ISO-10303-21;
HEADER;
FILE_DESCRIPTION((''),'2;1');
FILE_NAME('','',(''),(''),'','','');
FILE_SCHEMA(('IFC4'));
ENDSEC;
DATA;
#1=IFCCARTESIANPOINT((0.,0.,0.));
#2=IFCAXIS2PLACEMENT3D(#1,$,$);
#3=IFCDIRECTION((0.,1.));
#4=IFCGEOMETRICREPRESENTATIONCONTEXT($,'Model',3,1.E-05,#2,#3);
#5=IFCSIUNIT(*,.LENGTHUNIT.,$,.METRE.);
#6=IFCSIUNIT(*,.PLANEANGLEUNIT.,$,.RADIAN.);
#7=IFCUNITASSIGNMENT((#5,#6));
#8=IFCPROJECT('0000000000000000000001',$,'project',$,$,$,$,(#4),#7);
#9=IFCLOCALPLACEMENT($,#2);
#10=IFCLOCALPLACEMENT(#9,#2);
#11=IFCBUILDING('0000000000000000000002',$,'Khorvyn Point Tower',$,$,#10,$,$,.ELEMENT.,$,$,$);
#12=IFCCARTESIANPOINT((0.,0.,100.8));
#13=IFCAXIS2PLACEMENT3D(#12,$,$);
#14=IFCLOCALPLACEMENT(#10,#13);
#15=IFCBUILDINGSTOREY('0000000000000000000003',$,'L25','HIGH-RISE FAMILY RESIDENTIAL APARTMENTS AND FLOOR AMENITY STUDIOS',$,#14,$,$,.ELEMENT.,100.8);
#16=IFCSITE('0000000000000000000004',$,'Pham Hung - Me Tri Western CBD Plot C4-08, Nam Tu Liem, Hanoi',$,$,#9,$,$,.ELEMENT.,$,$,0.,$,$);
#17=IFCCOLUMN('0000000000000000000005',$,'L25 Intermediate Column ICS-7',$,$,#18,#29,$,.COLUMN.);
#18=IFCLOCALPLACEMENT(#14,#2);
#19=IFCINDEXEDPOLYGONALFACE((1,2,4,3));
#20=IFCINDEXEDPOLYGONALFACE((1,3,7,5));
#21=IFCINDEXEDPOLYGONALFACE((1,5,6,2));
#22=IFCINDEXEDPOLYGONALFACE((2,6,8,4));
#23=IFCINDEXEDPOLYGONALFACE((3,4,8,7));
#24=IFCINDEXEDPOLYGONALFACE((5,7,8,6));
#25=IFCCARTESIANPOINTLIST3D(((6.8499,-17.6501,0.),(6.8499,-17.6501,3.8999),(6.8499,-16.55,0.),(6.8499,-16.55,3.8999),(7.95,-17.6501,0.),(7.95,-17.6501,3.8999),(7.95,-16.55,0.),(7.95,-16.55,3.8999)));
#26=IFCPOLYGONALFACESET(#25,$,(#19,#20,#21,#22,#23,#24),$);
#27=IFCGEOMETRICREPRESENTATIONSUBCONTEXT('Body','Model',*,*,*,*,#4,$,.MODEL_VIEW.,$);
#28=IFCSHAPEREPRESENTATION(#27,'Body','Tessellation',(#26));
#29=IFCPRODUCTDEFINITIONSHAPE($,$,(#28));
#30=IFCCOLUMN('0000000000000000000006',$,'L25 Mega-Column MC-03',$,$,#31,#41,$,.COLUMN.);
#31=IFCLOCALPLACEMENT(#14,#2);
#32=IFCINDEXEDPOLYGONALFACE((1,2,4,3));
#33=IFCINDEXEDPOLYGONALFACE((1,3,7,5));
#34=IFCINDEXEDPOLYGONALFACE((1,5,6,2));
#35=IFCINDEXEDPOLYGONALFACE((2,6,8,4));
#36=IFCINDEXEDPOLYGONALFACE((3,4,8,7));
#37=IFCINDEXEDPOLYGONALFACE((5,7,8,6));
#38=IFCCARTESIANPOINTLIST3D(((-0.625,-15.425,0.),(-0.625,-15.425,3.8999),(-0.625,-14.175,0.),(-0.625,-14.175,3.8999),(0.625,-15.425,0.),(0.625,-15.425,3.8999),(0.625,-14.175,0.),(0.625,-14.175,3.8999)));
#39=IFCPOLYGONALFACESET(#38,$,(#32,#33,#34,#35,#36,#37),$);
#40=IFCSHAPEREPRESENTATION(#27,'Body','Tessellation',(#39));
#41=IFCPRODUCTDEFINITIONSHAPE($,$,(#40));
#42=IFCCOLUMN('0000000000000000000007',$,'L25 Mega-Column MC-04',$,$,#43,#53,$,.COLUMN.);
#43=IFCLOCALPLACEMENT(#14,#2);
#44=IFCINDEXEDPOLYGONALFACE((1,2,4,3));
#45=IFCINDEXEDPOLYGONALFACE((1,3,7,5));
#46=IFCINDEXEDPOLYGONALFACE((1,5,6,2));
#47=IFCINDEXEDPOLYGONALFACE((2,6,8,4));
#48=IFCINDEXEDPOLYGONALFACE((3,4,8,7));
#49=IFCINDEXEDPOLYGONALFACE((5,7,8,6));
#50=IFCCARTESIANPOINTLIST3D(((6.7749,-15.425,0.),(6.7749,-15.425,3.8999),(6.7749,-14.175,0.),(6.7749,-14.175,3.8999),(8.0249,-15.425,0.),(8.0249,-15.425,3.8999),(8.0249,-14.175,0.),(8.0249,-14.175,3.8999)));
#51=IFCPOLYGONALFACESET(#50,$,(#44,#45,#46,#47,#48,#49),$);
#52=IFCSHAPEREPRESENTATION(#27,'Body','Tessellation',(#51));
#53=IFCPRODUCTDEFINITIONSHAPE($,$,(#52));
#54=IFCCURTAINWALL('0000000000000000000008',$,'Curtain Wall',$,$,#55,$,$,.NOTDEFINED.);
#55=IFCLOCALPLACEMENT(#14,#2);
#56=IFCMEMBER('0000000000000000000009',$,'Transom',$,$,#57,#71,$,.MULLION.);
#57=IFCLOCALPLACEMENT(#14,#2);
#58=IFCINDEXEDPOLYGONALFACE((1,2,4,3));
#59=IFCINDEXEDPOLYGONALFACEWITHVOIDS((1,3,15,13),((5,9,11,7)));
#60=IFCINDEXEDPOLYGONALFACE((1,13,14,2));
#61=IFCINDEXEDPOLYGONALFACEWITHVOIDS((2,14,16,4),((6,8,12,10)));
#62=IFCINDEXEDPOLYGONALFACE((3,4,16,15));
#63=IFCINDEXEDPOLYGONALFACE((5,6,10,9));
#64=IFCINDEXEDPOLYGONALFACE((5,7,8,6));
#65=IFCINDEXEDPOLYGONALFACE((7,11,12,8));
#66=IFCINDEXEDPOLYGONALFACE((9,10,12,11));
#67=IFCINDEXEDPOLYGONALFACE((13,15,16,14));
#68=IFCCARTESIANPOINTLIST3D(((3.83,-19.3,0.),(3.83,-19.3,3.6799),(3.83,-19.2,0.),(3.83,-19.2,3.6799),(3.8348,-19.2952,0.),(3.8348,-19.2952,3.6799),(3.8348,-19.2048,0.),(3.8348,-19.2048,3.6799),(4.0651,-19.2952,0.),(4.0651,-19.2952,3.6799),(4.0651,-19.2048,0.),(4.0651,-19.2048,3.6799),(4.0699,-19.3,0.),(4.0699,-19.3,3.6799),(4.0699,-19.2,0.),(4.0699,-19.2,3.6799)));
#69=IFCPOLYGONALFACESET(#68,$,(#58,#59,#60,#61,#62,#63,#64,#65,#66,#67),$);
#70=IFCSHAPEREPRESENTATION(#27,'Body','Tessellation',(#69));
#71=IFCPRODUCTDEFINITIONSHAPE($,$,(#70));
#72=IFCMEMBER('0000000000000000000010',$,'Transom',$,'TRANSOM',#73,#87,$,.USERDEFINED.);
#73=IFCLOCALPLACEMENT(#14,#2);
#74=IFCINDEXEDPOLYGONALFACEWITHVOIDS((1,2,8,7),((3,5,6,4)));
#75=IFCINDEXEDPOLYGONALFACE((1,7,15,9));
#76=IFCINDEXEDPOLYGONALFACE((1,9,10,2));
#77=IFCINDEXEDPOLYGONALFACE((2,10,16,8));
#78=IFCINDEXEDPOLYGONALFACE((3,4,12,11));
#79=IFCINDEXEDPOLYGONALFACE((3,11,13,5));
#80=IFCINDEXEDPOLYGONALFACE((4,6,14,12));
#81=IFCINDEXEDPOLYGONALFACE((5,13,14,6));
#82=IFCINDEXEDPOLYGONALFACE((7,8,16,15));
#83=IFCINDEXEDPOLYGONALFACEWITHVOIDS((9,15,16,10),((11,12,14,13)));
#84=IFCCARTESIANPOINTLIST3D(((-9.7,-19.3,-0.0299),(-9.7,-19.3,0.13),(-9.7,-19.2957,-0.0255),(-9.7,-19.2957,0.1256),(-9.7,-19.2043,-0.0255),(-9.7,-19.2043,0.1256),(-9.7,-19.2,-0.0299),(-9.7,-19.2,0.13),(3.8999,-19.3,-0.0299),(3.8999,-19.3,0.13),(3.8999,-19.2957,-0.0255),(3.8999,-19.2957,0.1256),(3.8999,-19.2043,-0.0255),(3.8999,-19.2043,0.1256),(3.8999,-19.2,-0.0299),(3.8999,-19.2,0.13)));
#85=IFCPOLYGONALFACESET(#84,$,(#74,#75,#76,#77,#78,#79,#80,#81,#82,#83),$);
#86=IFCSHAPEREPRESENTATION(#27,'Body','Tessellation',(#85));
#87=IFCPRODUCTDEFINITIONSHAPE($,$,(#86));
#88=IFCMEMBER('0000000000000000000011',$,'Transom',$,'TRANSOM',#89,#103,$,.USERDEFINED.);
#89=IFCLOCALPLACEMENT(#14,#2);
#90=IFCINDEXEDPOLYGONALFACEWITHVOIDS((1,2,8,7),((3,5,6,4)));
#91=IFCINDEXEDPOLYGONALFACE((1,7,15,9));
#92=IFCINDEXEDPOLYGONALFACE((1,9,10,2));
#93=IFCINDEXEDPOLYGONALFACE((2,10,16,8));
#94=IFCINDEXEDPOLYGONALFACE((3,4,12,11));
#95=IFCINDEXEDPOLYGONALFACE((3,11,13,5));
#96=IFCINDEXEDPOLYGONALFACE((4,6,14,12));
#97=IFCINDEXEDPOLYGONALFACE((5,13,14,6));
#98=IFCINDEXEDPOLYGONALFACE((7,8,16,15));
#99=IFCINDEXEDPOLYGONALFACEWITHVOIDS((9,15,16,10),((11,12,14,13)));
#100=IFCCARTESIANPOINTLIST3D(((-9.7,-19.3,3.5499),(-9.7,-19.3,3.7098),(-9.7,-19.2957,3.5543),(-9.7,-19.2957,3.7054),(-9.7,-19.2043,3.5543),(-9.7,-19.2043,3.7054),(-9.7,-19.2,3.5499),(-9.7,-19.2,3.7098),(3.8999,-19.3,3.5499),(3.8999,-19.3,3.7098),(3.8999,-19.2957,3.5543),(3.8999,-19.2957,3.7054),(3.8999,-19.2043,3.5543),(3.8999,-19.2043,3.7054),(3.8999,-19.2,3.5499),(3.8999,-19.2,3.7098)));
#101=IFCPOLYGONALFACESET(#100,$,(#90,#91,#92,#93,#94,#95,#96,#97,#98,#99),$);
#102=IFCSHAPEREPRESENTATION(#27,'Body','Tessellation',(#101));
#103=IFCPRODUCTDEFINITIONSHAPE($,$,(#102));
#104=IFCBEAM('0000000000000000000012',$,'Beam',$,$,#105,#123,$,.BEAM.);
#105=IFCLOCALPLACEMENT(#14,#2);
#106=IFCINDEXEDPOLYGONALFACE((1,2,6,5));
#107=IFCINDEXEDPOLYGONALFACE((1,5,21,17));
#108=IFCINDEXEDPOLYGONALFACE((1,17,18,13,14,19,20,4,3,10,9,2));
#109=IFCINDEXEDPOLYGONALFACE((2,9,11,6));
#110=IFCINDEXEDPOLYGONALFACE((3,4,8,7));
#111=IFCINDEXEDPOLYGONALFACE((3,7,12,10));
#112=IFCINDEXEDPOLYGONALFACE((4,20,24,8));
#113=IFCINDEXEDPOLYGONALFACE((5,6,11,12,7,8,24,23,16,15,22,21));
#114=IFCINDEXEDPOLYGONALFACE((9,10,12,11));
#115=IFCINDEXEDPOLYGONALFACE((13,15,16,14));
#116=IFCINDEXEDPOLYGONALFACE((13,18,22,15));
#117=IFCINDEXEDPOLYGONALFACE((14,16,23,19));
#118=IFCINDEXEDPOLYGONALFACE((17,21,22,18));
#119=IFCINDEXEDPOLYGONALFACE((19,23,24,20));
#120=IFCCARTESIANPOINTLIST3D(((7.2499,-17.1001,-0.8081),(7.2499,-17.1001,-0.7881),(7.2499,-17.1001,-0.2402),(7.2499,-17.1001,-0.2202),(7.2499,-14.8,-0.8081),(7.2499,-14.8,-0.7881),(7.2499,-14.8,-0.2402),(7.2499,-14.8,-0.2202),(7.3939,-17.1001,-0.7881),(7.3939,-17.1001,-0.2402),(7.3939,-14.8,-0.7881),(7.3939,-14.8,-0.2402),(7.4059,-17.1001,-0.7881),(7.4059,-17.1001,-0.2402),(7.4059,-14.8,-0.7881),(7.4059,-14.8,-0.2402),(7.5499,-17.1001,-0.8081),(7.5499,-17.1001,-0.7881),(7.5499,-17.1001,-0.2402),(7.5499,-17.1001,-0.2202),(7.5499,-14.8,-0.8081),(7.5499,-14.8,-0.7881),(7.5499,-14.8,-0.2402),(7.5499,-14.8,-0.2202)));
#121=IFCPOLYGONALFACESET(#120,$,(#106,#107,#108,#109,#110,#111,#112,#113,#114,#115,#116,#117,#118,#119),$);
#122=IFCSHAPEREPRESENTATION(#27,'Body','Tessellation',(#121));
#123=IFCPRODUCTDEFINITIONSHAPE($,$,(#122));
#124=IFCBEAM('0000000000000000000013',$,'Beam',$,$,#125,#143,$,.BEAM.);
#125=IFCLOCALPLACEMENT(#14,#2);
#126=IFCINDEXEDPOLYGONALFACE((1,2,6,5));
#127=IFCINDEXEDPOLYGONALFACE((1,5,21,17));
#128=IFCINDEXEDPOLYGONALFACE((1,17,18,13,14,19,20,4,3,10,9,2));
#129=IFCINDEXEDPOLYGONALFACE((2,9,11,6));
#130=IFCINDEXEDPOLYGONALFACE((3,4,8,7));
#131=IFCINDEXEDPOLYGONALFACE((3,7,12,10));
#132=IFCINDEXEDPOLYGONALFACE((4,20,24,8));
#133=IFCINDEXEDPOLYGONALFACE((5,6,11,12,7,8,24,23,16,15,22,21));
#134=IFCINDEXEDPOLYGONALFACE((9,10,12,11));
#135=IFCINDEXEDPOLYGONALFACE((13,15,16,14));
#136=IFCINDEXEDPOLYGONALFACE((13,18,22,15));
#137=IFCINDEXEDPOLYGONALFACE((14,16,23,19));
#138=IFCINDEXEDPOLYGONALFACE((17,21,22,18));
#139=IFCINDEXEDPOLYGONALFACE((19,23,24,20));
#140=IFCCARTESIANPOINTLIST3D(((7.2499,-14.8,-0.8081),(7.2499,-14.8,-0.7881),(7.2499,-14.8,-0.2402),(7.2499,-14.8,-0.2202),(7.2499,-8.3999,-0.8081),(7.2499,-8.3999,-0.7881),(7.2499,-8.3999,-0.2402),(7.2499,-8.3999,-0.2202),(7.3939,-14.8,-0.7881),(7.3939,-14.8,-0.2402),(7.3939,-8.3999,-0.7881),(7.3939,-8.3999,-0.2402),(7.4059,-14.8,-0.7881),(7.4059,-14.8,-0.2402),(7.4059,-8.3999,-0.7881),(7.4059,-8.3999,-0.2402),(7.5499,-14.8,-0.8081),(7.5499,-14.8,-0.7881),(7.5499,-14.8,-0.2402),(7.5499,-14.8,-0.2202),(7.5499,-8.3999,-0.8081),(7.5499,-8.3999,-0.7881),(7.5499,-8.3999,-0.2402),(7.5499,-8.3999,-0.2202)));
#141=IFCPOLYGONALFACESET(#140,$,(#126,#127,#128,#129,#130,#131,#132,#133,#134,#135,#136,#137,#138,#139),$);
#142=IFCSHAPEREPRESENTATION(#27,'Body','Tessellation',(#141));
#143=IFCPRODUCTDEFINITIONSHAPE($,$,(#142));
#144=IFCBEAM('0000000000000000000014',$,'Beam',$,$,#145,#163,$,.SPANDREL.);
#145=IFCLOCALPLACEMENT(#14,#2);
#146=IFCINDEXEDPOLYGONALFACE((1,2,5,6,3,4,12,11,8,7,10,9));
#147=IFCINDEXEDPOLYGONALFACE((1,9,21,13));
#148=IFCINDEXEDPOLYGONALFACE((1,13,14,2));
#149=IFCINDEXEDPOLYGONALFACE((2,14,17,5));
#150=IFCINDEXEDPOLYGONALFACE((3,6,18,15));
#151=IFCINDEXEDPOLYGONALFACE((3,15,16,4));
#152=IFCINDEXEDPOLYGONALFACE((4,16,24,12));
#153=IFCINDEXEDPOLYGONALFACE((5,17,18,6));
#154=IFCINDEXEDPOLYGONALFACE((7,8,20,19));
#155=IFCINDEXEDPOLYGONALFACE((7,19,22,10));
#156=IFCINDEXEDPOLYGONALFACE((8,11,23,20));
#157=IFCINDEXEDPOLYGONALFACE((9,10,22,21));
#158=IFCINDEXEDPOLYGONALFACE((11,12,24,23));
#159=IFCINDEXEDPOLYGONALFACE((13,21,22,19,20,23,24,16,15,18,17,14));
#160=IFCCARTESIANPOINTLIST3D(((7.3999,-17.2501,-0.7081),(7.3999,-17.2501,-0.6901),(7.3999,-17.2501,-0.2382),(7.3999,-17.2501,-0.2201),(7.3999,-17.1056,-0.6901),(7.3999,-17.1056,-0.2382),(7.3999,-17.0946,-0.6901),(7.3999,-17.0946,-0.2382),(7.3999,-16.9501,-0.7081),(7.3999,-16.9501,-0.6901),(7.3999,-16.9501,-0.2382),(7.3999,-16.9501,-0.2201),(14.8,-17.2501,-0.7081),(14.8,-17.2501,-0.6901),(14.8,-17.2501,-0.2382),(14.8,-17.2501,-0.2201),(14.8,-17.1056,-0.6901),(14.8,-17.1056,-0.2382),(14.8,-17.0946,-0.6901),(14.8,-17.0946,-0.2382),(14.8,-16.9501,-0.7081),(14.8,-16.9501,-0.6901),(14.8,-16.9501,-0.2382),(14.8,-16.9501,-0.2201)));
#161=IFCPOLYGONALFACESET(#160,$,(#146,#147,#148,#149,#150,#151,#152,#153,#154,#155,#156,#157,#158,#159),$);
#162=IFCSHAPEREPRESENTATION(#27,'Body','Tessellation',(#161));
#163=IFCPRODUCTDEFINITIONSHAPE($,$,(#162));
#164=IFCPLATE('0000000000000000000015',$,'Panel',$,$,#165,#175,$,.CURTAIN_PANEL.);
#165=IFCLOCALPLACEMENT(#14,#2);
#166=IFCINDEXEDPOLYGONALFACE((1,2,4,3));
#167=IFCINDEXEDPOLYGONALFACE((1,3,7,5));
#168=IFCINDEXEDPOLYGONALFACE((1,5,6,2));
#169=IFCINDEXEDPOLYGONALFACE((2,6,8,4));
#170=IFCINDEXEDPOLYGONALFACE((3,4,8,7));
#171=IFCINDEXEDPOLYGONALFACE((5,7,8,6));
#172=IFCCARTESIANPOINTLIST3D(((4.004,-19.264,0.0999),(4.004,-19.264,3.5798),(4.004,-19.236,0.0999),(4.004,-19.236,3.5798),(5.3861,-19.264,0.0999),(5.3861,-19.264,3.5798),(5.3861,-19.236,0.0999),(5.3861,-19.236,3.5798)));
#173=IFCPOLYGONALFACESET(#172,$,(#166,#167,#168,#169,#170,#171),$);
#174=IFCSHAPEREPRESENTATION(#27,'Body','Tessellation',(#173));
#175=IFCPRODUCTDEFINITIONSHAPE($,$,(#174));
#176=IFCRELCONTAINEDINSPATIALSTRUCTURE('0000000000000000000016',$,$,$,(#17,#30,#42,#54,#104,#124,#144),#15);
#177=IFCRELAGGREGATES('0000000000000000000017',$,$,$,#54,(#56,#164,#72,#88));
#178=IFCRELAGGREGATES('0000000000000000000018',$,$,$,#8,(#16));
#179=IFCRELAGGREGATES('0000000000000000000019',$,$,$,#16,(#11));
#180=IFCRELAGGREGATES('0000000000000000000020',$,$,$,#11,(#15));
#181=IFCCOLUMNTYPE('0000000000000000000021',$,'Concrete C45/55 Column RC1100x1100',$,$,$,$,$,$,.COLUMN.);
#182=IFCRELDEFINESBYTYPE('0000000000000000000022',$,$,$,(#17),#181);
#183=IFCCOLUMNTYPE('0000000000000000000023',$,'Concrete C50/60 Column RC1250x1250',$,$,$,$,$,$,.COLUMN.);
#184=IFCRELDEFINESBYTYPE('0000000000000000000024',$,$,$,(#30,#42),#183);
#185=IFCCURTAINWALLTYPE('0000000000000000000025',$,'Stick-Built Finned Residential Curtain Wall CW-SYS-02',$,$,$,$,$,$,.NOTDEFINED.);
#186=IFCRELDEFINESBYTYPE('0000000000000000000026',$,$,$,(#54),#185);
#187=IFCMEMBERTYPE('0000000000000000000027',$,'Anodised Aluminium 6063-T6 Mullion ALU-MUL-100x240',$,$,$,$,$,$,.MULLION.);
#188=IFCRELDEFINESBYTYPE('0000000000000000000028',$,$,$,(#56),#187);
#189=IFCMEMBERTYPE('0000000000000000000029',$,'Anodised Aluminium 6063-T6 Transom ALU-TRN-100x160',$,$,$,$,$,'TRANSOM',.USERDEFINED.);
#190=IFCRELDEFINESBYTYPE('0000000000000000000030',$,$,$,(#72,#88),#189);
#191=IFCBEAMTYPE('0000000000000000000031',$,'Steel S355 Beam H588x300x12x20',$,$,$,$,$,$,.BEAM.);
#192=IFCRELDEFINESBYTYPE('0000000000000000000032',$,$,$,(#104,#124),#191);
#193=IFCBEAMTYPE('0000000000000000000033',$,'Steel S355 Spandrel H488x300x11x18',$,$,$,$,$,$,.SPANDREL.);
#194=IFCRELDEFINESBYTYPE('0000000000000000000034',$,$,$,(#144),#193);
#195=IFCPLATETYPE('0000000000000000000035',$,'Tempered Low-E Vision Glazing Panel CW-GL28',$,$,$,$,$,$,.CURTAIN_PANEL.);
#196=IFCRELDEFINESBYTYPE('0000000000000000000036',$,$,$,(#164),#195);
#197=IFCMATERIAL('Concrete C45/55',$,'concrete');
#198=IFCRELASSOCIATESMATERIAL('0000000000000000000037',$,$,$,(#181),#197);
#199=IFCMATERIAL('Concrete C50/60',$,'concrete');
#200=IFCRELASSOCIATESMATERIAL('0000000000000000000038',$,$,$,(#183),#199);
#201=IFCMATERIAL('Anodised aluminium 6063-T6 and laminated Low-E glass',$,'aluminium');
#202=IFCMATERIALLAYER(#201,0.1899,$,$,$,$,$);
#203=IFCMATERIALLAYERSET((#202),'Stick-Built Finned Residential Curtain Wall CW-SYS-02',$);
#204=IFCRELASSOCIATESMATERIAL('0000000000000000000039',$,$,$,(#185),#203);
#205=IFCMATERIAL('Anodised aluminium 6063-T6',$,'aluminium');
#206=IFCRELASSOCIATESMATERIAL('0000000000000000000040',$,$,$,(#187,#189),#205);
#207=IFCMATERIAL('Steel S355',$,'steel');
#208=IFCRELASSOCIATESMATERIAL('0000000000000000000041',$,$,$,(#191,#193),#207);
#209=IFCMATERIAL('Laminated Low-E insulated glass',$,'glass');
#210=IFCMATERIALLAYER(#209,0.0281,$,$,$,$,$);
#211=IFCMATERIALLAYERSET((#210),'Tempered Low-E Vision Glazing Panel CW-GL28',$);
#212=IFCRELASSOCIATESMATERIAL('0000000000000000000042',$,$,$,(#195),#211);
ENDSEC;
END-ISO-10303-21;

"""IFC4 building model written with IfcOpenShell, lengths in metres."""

from ifc_helpers import new_model, si_unit, direction, frame, origin, origin_2d, place, context, subcontext, project, spatial, rectangle, hollow_rectangle, i_section, extrude, material, layer, layer_set, material_profile, profile_set, type_object, element, aggregate, save


model = new_model("IFC4")

# Units and contexts
model_context = context("Model", 3, precision=1e-05, world=origin(), true_north=direction((0.0, 1.0)))
body_context = subcontext(model_context, "Body", "Model", "MODEL_VIEW")
ifc_project = project(units=[si_unit("LENGTHUNIT", "METRE"), si_unit("PLANEANGLEUNIT", "RADIAN")], contexts=[model_context])

# Site, building, storey
site_placement = place(None, origin())
site = spatial("IfcSite", under=ifc_project, at=site_placement, Name="Pham Hung - Me Tri Western CBD Plot C4-08, Nam Tu Liem, Hanoi", CompositionType="ELEMENT", RefElevation=0.0)
building_placement = place(site_placement, origin())
building = spatial("IfcBuilding", under=site, at=building_placement, Name="Khorvyn Point Tower", CompositionType="ELEMENT")
storey_placement = place(building_placement, frame((0.0, 0.0, 100.8)))
storey = spatial("IfcBuildingStorey", under=building, at=storey_placement, Name="L25", Description="HIGH-RISE FAMILY RESIDENTIAL APARTMENTS AND FLOOR AMENITY STUDIOS", CompositionType="ELEMENT", Elevation=100.8)

# Columns
ifc_material_1 = material(Name="Concrete C45/55", Category="concrete")
ifc_material_profile_1 = material_profile(ifc_material_1, rectangle(XDim=1.1001, YDim=1.1001, at=origin_2d()))
ifc_profile_set_1 = profile_set([ifc_material_profile_1], Name="Concrete C45/55 RC1100x1100")
column_type_1 = type_object("IfcColumnType", Name="Concrete C45/55 Column RC1100x1100", PredefinedType="COLUMN", material=ifc_profile_set_1)
column_placement = place(storey_placement, frame((7.3999, -17.1001, 0.0), z_axis=(0.0, 0.0, 1.0), x_axis=(1.0, 0.0, 0.0)))
element("IfcColumn", 1, at=column_placement, inside=storey, type_object=column_type_1, Name="L25 Intermediate Column ICS-7", PredefinedType="COLUMN", context=body_context, shape_type="SweptSolid", body=[
    extrude(rectangle(XDim=1.1001, YDim=1.1001, at=origin_2d()), origin(), (0.0, 0.0, 1.0), 3.8999),
])
ifc_material_2 = material(Name="Concrete C50/60", Category="concrete")
ifc_material_profile_2 = material_profile(ifc_material_2, rectangle(XDim=1.25, YDim=1.25, at=origin_2d()))
ifc_profile_set_2 = profile_set([ifc_material_profile_2], Name="Concrete C50/60 RC1250x1250")
column_type_2 = type_object("IfcColumnType", Name="Concrete C50/60 Column RC1250x1250", PredefinedType="COLUMN", material=ifc_profile_set_2)
for number, where, z_axis, x_axis, name in (
    (2, (0.0, -14.8, 0.0), (0.0, 0.0, 1.0), (1.0, 0.0, 0.0), "L25 Mega-Column MC-03"),
    (3, (7.3999, -14.8, 0.0), (0.0, 0.0, 1.0), (1.0, 0.0, 0.0), "L25 Mega-Column MC-04"),
):
    element("IfcColumn", number, at=place(storey_placement, frame(where, z_axis=z_axis, x_axis=x_axis)), inside=storey, type_object=column_type_2, Name=name, PredefinedType="COLUMN", context=body_context, shape_type="SweptSolid", body=[
        extrude(rectangle(XDim=1.25, YDim=1.25, at=origin_2d()), origin(), (0.0, 0.0, 1.0), 3.8999),
    ])

# Curtain wall, members
ifc_material_3 = material(Name="Anodised aluminium 6063-T6 and laminated Low-E glass", Category="aluminium")
ifc_layer_1 = layer(ifc_material_3, 0.1899)
ifc_layer_set_1 = layer_set([ifc_layer_1], Name="Stick-Built Finned Residential Curtain Wall CW-SYS-02")
curtain_wall_type = type_object("IfcCurtainWallType", Name="Stick-Built Finned Residential Curtain Wall CW-SYS-02", PredefinedType="NOTDEFINED", material=ifc_layer_set_1)
curtain_wall_placement = place(storey_placement, origin())
curtain_wall = element("IfcCurtainWall", 4, at=curtain_wall_placement, inside=storey, type_object=curtain_wall_type, Name="Curtain Wall", PredefinedType="NOTDEFINED")
ifc_material_4 = material(Name="Anodised aluminium 6063-T6", Category="aluminium")
ifc_material_profile_3 = material_profile(ifc_material_4, hollow_rectangle(XDim=0.1001, YDim=0.24, WallThickness=0.0049, at=origin_2d()))
ifc_profile_set_3 = profile_set([ifc_material_profile_3], Name="Anodised aluminium 6063-T6 ALU-MUL-100x240")
member_type_1 = type_object("IfcMemberType", Name="Anodised Aluminium 6063-T6 Mullion ALU-MUL-100x240", PredefinedType="MULLION", material=ifc_profile_set_3)
member_1_placement = place(storey_placement, frame((3.95, -19.25, 0.0), z_axis=(0.0, 0.0, 1.0), x_axis=(0.0, -1.0, 0.0)))
member_1 = element("IfcMember", 5, at=member_1_placement, type_object=member_type_1, Name="Transom", PredefinedType="MULLION", context=body_context, shape_type="SweptSolid", body=[
    extrude(hollow_rectangle(XDim=0.1001, YDim=0.24, WallThickness=0.0049, at=origin_2d()), origin(), (0.0, 0.0, 1.0), 3.6799),
])
ifc_material_profile_4 = material_profile(ifc_material_4, hollow_rectangle(XDim=0.1001, YDim=0.1599, WallThickness=0.0044, at=origin_2d()))
ifc_profile_set_4 = profile_set([ifc_material_profile_4], Name="Anodised aluminium 6063-T6 ALU-TRN-100x160")
member_type_2 = type_object("IfcMemberType", Name="Anodised Aluminium 6063-T6 Transom ALU-TRN-100x160", ElementType="TRANSOM", PredefinedType="USERDEFINED", material=ifc_profile_set_4)
member_2_placement = place(storey_placement, frame((3.8999, -19.25, 0.05), z_axis=(-1.0, 0.0, 0.0), x_axis=(0.0, -1.0, 0.0)))
member_2 = element("IfcMember", 6, at=member_2_placement, type_object=member_type_2, Name="Transom", ObjectType="TRANSOM", PredefinedType="USERDEFINED", context=body_context, shape_type="SweptSolid", body=[
    extrude(hollow_rectangle(XDim=0.1001, YDim=0.1599, WallThickness=0.0044, at=origin_2d()), origin(), (0.0, 0.0, 1.0), 13.5999),
])
member_3_placement = place(storey_placement, frame((3.8999, -19.25, 3.6299), z_axis=(-1.0, 0.0, 0.0), x_axis=(0.0, -1.0, 0.0)))
member_3 = element("IfcMember", 7, at=member_3_placement, type_object=member_type_2, Name="Transom", ObjectType="TRANSOM", PredefinedType="USERDEFINED", context=body_context, shape_type="SweptSolid", body=[
    extrude(hollow_rectangle(XDim=0.1001, YDim=0.1599, WallThickness=0.0044, at=origin_2d()), origin(), (0.0, 0.0, 1.0), 13.5999),
])

# Beams
ifc_material_5 = material(Name="Steel S355", Category="steel")
ifc_material_profile_5 = material_profile(ifc_material_5, i_section(OverallWidth=0.3, OverallDepth=0.5879, WebThickness=0.012, FlangeThickness=0.02, at=origin_2d()))
ifc_profile_set_5 = profile_set([ifc_material_profile_5], Name="Steel S355 H588x300x12x20")
beam_type_1 = type_object("IfcBeamType", Name="Steel S355 Beam H588x300x12x20", PredefinedType="BEAM", material=ifc_profile_set_5)
beam_1_placement = place(storey_placement, frame((7.3999, -17.1001, -0.5142), z_axis=(0.0, 1.0, 0.0), x_axis=(-1.0, 0.0, 0.0)))
element("IfcBeam", 8, at=beam_1_placement, inside=storey, type_object=beam_type_1, Name="Beam", PredefinedType="BEAM", context=body_context, shape_type="SweptSolid", body=[
    extrude(i_section(OverallWidth=0.3, OverallDepth=0.5879, WebThickness=0.012, FlangeThickness=0.02, at=origin_2d()), origin(), (0.0, 0.0, 1.0), 2.3),
])
beam_2_placement = place(storey_placement, frame((7.3999, -14.8, -0.5142), z_axis=(0.0, 1.0, 0.0), x_axis=(-1.0, 0.0, 0.0)))
element("IfcBeam", 9, at=beam_2_placement, inside=storey, type_object=beam_type_1, Name="Beam", PredefinedType="BEAM", context=body_context, shape_type="SweptSolid", body=[
    extrude(i_section(OverallWidth=0.3, OverallDepth=0.5879, WebThickness=0.012, FlangeThickness=0.02, at=origin_2d()), origin(), (0.0, 0.0, 1.0), 6.4001),
])
ifc_material_profile_6 = material_profile(ifc_material_5, i_section(OverallWidth=0.3, OverallDepth=0.488, WebThickness=0.011, FlangeThickness=0.0181, at=origin_2d()))
ifc_profile_set_6 = profile_set([ifc_material_profile_6], Name="Steel S355 H488x300x11x18")
beam_type_2 = type_object("IfcBeamType", Name="Steel S355 Spandrel H488x300x11x18", PredefinedType="SPANDREL", material=ifc_profile_set_6)
beam_3_placement = place(storey_placement, frame((7.3999, -17.1001, -0.4641), z_axis=(1.0, 0.0, 0.0), x_axis=(0.0, 1.0, 0.0)))
element("IfcBeam", 10, at=beam_3_placement, inside=storey, type_object=beam_type_2, Name="Beam", PredefinedType="SPANDREL", context=body_context, shape_type="SweptSolid", body=[
    extrude(i_section(OverallWidth=0.3, OverallDepth=0.488, WebThickness=0.011, FlangeThickness=0.0181, at=origin_2d()), origin(), (0.0, 0.0, 1.0), 7.4001),
])

# Plate
ifc_material_6 = material(Name="Laminated Low-E insulated glass", Category="glass")
ifc_layer_2 = layer(ifc_material_6, 0.0281)
ifc_layer_set_2 = layer_set([ifc_layer_2], Name="Tempered Low-E Vision Glazing Panel CW-GL28")
plate_type = type_object("IfcPlateType", Name="Tempered Low-E Vision Glazing Panel CW-GL28", PredefinedType="CURTAIN_PANEL", material=ifc_layer_set_2)
plate_1_placement = place(storey_placement, frame((4.6951, -19.25, 0.0999), z_axis=(0.0, 0.0, 1.0), x_axis=(-1.0, 0.0, 0.0)))
plate_1 = element("IfcPlate", 11, at=plate_1_placement, type_object=plate_type, Name="Panel", PredefinedType="CURTAIN_PANEL", context=body_context, shape_type="SweptSolid", body=[
    extrude(rectangle(XDim=1.3821, YDim=0.0281, at=origin_2d()), origin(), (0.0, 0.0, 1.0), 3.48),
])
aggregate(curtain_wall, [member_1, plate_1, member_2, member_3])

save(model, "model.ifc")
